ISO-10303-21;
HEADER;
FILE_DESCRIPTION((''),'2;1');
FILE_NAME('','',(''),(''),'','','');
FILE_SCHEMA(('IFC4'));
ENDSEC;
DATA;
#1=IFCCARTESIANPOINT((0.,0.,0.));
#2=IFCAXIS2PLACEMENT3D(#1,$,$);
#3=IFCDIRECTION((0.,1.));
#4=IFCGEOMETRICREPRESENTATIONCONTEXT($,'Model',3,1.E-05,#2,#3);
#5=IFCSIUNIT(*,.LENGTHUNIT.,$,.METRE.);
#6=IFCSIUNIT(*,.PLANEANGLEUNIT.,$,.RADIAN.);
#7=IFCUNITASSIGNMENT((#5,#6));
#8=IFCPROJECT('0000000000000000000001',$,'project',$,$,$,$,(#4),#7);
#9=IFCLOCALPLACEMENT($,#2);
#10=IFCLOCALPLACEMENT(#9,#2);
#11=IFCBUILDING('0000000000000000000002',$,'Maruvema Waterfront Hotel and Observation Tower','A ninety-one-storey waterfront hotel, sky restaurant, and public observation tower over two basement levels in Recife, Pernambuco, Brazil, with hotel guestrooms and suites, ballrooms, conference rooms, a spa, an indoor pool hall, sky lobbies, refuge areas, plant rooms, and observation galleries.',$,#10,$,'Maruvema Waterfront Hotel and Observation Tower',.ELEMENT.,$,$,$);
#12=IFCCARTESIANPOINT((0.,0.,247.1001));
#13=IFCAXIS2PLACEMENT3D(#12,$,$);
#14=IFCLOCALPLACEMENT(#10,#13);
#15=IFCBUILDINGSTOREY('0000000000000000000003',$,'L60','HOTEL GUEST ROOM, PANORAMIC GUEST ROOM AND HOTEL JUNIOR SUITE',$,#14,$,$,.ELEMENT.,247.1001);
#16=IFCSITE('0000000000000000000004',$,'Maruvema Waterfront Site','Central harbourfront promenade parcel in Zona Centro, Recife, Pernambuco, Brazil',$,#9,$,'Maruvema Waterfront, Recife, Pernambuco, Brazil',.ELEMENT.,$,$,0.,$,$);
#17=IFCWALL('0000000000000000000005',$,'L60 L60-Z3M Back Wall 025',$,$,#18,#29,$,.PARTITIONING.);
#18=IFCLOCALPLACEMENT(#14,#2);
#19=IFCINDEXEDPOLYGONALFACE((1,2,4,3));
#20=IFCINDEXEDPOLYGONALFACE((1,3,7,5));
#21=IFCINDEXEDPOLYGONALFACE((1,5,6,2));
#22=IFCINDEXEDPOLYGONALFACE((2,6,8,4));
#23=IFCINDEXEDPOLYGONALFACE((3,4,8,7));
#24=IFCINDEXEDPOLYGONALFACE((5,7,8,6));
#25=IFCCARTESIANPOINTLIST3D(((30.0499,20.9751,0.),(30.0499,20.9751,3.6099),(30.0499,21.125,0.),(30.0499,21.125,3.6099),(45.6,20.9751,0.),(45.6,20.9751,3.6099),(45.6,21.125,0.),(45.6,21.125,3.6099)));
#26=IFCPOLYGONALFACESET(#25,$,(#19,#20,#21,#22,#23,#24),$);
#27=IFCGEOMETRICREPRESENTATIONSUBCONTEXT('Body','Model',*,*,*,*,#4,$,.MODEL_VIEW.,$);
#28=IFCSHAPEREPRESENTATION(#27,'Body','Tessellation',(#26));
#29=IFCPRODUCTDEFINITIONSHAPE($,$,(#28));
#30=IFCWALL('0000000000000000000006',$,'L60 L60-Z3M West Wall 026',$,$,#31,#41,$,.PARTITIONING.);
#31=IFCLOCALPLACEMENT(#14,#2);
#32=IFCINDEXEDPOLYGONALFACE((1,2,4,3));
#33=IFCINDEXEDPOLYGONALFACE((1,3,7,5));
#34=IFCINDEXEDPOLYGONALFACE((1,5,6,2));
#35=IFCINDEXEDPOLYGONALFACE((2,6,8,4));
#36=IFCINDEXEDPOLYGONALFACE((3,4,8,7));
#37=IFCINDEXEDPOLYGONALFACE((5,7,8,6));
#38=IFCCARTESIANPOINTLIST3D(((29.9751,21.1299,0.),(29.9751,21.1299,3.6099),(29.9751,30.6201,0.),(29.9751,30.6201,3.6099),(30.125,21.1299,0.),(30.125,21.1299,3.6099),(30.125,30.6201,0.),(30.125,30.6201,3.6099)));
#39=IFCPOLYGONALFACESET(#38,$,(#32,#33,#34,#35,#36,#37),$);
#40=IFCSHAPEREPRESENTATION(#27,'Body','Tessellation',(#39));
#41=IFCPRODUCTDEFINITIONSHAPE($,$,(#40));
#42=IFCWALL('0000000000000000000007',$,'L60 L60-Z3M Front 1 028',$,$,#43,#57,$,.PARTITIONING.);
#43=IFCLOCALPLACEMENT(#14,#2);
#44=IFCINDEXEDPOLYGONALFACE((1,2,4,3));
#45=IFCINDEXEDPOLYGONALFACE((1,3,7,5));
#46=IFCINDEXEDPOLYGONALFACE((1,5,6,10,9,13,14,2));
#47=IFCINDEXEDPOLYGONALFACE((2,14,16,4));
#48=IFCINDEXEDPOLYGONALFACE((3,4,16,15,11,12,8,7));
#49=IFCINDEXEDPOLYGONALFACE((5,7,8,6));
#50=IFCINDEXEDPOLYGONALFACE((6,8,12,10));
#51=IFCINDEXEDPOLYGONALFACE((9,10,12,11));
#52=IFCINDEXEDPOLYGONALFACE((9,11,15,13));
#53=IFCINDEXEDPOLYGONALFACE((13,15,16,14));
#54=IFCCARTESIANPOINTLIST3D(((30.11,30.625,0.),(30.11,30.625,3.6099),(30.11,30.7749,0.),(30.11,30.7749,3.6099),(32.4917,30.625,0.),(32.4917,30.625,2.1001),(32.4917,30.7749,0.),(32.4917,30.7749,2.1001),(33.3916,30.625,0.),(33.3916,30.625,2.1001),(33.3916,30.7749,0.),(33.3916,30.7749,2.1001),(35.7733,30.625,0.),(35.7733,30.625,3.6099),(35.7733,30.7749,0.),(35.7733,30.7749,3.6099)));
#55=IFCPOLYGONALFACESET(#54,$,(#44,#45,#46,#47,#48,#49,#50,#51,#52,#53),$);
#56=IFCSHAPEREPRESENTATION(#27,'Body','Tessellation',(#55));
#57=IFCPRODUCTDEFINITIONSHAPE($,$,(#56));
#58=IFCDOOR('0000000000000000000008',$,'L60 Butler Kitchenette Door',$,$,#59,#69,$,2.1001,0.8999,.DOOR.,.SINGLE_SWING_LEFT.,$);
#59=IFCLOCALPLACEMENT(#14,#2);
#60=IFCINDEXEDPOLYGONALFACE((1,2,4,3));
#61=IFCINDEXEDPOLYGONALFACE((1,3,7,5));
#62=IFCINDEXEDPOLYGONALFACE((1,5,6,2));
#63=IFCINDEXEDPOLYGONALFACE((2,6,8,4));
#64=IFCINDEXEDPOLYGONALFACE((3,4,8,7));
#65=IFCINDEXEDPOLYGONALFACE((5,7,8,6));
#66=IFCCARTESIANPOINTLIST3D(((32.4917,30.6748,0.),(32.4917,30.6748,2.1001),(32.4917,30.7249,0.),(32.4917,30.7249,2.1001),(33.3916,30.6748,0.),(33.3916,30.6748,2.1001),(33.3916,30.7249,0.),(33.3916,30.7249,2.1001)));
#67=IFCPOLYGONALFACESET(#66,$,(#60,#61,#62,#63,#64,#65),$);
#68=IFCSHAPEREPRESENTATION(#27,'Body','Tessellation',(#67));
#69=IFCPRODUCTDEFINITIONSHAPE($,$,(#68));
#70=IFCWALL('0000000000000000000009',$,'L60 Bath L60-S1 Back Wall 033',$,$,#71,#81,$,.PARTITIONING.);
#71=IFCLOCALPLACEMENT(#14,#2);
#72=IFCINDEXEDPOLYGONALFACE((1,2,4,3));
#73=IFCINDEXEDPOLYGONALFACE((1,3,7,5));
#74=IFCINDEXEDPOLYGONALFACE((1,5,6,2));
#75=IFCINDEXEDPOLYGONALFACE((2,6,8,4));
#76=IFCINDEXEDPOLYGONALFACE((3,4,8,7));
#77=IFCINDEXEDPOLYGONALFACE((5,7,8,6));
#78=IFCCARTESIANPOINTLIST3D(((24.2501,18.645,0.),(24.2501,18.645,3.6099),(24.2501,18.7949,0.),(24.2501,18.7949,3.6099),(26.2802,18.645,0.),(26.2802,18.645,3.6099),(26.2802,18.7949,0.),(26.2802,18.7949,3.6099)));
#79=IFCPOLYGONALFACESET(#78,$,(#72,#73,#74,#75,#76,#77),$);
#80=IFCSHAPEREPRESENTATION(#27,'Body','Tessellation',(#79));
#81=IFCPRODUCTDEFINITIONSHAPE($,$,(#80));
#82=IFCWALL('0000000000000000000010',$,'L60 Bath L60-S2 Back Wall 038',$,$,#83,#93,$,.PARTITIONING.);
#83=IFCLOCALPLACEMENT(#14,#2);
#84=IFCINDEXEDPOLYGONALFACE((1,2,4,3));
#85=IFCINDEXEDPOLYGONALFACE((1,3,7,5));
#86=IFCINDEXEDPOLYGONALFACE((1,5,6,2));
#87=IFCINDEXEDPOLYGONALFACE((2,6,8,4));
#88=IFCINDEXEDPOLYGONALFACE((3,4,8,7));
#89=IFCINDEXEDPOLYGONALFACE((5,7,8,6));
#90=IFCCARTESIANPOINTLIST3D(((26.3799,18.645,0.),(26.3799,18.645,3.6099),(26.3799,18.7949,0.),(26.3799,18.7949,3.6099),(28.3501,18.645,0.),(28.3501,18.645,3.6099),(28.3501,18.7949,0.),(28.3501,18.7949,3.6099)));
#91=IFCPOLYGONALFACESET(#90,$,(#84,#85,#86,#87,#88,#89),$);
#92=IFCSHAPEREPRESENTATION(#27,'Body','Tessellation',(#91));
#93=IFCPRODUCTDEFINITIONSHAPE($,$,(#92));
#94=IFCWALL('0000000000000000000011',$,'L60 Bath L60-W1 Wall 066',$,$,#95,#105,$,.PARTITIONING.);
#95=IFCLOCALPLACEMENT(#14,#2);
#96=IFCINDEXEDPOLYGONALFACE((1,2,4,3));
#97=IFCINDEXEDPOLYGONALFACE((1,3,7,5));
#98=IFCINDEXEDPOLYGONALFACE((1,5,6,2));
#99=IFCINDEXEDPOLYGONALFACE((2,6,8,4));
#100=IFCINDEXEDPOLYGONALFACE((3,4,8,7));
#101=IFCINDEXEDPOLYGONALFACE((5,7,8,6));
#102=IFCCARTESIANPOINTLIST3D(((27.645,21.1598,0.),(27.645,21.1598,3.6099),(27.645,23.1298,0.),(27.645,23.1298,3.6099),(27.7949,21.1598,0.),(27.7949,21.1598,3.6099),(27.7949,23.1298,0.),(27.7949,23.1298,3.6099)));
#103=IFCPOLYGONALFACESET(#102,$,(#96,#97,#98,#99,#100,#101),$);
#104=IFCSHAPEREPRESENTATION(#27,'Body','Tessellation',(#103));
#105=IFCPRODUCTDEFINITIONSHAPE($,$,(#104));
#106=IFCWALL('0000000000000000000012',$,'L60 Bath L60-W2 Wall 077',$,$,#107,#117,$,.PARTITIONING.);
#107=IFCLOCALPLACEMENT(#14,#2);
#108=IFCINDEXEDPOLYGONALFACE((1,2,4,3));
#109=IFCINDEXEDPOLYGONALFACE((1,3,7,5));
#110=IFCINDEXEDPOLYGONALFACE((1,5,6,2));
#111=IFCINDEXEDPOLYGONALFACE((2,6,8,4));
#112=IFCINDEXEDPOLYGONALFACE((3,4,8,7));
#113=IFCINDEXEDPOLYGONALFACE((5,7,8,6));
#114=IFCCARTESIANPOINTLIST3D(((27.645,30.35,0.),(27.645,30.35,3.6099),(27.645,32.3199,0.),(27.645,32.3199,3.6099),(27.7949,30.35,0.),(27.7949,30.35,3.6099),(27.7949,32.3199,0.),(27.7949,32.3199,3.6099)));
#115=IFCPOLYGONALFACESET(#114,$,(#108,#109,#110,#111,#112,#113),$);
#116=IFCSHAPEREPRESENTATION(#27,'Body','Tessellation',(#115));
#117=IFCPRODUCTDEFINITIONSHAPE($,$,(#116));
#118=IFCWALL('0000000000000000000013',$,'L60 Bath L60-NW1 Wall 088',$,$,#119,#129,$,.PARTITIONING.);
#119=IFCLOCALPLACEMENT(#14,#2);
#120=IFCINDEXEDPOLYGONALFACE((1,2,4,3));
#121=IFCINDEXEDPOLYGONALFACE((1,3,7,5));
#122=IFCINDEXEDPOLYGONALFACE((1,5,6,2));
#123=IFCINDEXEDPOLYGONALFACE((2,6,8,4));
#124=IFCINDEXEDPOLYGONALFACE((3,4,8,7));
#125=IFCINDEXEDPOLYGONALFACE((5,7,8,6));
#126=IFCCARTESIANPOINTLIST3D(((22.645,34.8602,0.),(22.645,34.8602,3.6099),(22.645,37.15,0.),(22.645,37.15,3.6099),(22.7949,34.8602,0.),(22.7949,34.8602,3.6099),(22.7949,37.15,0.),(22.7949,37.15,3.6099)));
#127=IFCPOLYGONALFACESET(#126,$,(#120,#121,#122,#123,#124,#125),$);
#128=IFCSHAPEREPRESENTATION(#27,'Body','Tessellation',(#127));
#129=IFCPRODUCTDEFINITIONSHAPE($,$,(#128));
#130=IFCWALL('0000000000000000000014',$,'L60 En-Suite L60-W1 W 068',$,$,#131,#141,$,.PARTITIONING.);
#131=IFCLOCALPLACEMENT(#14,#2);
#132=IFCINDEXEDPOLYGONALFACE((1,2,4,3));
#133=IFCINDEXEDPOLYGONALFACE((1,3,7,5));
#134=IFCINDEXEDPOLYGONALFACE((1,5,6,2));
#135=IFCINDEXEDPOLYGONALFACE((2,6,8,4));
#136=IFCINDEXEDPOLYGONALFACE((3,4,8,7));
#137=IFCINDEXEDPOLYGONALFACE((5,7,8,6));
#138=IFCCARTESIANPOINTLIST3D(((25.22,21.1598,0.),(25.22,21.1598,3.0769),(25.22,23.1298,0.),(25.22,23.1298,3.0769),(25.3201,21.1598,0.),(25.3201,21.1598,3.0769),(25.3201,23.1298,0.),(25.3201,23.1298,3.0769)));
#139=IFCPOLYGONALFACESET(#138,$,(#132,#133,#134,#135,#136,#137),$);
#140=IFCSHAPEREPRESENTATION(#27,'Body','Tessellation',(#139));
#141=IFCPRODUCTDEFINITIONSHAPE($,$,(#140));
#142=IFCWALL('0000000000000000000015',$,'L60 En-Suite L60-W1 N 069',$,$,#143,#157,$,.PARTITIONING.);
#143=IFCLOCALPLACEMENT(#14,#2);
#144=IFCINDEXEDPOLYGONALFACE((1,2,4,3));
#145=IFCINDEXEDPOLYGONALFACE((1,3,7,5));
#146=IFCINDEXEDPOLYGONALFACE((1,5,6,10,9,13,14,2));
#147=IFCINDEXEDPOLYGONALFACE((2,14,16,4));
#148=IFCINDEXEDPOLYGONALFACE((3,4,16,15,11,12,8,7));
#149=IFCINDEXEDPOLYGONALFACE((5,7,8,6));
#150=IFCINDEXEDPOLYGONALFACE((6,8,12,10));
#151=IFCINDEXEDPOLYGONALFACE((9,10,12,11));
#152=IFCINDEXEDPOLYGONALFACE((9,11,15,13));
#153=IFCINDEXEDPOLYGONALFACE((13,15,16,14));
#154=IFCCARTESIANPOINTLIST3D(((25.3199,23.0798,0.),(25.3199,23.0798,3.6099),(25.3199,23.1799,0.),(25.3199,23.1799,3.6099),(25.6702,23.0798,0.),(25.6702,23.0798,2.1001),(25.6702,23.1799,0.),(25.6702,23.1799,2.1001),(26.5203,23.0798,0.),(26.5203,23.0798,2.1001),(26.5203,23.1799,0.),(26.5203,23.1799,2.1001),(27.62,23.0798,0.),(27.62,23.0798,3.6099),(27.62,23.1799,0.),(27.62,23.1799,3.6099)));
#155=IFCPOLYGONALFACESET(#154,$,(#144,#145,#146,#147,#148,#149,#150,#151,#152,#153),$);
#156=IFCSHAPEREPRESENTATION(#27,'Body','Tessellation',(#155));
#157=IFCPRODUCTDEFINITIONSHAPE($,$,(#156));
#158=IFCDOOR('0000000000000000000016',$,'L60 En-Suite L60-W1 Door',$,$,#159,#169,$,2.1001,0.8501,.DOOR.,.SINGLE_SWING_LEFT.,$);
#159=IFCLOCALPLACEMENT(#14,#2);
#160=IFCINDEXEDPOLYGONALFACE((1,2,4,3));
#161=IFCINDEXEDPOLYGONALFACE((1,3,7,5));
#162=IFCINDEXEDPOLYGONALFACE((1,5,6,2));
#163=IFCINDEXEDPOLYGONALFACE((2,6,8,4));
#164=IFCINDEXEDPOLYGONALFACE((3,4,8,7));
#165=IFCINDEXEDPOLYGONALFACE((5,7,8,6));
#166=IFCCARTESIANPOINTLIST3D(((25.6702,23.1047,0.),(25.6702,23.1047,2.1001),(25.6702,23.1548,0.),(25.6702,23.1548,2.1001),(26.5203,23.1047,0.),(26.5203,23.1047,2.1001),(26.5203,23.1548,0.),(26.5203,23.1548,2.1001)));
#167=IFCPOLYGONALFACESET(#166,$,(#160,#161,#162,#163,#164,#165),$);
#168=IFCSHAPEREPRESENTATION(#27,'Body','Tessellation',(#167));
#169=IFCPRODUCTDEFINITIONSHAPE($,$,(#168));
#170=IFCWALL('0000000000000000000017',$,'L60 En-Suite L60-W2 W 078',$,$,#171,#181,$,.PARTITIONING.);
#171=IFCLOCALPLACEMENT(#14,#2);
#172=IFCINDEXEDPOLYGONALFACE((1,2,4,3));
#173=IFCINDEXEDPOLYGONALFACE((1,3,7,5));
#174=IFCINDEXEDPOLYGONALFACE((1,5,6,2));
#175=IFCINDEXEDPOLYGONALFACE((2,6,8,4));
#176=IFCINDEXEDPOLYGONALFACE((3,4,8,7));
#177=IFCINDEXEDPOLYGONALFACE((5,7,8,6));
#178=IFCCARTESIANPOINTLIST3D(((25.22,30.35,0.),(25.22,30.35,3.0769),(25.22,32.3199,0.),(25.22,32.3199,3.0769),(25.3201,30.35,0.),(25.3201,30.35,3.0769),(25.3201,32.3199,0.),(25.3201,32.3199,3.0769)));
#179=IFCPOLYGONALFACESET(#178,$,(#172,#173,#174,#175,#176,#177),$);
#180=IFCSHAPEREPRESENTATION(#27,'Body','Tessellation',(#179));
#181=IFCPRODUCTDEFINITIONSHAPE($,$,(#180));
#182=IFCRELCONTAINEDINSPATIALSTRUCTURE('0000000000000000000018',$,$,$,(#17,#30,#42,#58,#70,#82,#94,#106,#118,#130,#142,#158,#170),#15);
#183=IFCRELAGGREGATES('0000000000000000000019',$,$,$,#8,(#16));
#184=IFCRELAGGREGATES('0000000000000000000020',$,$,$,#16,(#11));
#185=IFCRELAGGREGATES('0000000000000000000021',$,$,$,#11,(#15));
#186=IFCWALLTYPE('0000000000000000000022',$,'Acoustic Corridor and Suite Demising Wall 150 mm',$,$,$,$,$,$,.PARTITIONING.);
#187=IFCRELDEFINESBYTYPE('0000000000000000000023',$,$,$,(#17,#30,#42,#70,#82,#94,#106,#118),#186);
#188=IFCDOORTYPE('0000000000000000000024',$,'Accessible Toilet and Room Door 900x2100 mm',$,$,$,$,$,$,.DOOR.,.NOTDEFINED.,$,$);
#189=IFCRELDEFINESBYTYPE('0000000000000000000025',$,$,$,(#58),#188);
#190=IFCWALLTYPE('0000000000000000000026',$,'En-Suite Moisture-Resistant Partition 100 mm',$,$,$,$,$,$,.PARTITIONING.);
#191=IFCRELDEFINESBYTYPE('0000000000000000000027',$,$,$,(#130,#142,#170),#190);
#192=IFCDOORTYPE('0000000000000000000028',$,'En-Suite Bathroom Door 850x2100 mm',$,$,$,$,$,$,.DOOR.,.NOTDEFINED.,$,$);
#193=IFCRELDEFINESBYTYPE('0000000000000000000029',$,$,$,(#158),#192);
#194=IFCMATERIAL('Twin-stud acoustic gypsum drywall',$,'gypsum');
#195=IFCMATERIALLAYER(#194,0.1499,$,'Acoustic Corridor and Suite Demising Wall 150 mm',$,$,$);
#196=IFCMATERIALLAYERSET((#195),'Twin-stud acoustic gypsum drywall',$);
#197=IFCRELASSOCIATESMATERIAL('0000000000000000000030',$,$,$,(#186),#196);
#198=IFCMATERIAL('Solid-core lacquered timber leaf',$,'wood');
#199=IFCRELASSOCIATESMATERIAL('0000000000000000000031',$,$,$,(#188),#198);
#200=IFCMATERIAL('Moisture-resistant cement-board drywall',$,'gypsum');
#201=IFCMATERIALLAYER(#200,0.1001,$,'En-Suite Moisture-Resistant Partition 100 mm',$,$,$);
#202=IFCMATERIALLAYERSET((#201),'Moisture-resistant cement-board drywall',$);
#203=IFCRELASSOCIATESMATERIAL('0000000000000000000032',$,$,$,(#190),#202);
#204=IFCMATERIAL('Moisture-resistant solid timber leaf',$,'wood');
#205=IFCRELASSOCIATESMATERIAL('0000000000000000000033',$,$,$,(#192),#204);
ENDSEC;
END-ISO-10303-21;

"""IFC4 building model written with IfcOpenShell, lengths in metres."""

from ifc_helpers import new_model, si_unit, direction, frame, frame_2d, origin, place, context, subcontext, project, spatial, rectangle, extrude, material, layer, layer_set, type_object, element, fill, save


model = new_model("IFC4")

# Units and contexts
model_context = context("Model", 3, precision=1e-05, world=origin(), true_north=direction((0.0, 1.0)))
body_context = subcontext(model_context, "Body", "Model", "MODEL_VIEW")
ifc_project = project(units=[si_unit("LENGTHUNIT", "METRE"), si_unit("PLANEANGLEUNIT", "RADIAN")], contexts=[model_context])

# Site, building, storey
site_placement = place(None, origin())
site = spatial("IfcSite", under=ifc_project, at=site_placement, Name="Maruvema Waterfront Site", Description="Central harbourfront promenade parcel in Zona Centro, Recife, Pernambuco, Brazil", LongName="Maruvema Waterfront, Recife, Pernambuco, Brazil", CompositionType="ELEMENT", RefElevation=0.0)
building_placement = place(site_placement, origin())
building = spatial("IfcBuilding", under=site, at=building_placement, Name="Maruvema Waterfront Hotel and Observation Tower", Description="A ninety-one-storey waterfront hotel, sky restaurant, and public observation tower over two basement levels in Recife, Pernambuco, Brazil, with hotel guestrooms and suites, ballrooms, conference rooms, a spa, an indoor pool hall, sky lobbies, refuge areas, plant rooms, and observation galleries.", LongName="Maruvema Waterfront Hotel and Observation Tower", CompositionType="ELEMENT")
storey_placement = place(building_placement, frame((0.0, 0.0, 247.1001)))
storey = spatial("IfcBuildingStorey", under=building, at=storey_placement, Name="L60", Description="HOTEL GUEST ROOM, PANORAMIC GUEST ROOM AND HOTEL JUNIOR SUITE", CompositionType="ELEMENT", Elevation=247.1001)

# Walls
ifc_material_1 = material(Name="Twin-stud acoustic gypsum drywall", Category="gypsum")
ifc_layer_1 = layer(ifc_material_1, 0.1499, Name="Acoustic Corridor and Suite Demising Wall 150 mm")
ifc_layer_set_1 = layer_set([ifc_layer_1], Name="Twin-stud acoustic gypsum drywall")
wall_type_1 = type_object("IfcWallType", Name="Acoustic Corridor and Suite Demising Wall 150 mm", PredefinedType="PARTITIONING", material=ifc_layer_set_1)
wall_1_placement = place(storey_placement, frame((30.05, 21.05, 0.0), z_axis=(0.0, 0.0, 1.0), x_axis=(1.0, 0.0, 0.0)))
element("IfcWall", 1, at=wall_1_placement, inside=storey, type_object=wall_type_1, Name="L60 L60-Z3M Back Wall 025", PredefinedType="PARTITIONING", context=body_context, shape_type="SweptSolid", body=[
    extrude(rectangle(XDim=15.55, YDim=0.1499, at=frame_2d((7.7749, 0.0))), origin(), (0.0, 0.0, 1.0), 3.6099),
])
wall_2_placement = place(storey_placement, frame((30.05, 21.1299, 0.0), z_axis=(0.0, 0.0, 1.0), x_axis=(0.0, 1.0, 0.0)))
element("IfcWall", 2, at=wall_2_placement, inside=storey, type_object=wall_type_1, Name="L60 L60-Z3M West Wall 026", PredefinedType="PARTITIONING", context=body_context, shape_type="SweptSolid", body=[
    extrude(rectangle(XDim=9.4902, YDim=0.1499, at=frame_2d((4.7451, 0.0))), origin(), (0.0, 0.0, 1.0), 3.6099),
])

# Wall, opening, door
wall_3_placement = place(storey_placement, frame((30.1101, 30.7, 0.0), z_axis=(0.0, 0.0, 1.0), x_axis=(1.0, 0.0, 0.0)))
wall_3 = element("IfcWall", 3, at=wall_3_placement, inside=storey, type_object=wall_type_1, Name="L60 L60-Z3M Front 1 028", PredefinedType="PARTITIONING", context=body_context, shape_type="SweptSolid", body=[
    extrude(rectangle(XDim=5.6633, YDim=0.1499, at=frame_2d((2.8315, 0.0))), origin(), (0.0, 0.0, 1.0), 3.6099),
])
opening_1_placement = place(wall_3_placement, frame((2.3816, 0.0, 0.0)))
opening_1 = element("IfcOpeningElement", 4, at=opening_1_placement, cuts=wall_3, PredefinedType="OPENING", context=body_context, shape_type="SweptSolid", body=[
    extrude(rectangle(XDim=0.8999, YDim=2.1001, at=frame_2d((0.45, 1.05))), frame((0.0, 0.085, 0.0), z_axis=(0.0, -1.0, 0.0), x_axis=(1.0, 0.0, 0.0)), (0.0, 0.0, 1.0), 0.1699),
])
ifc_material_2 = material(Name="Solid-core lacquered timber leaf", Category="wood")
door_type_1 = type_object("IfcDoorType", Name="Accessible Toilet and Room Door 900x2100 mm", OperationType="NOTDEFINED", PredefinedType="DOOR", material=ifc_material_2)
door_1_placement = place(opening_1_placement, origin())
door_1 = element("IfcDoor", 5, at=door_1_placement, inside=storey, type_object=door_type_1, Name="L60 Butler Kitchenette Door", OperationType="SINGLE_SWING_LEFT", OverallHeight=2.1001, OverallWidth=0.8999, PredefinedType="DOOR", context=body_context, shape_type="SweptSolid", body=[
    extrude(rectangle(XDim=0.8999, YDim=2.1001, at=frame_2d((0.45, 1.05))), frame((0.0, 0.0249, 0.0), z_axis=(0.0, -1.0, 0.0), x_axis=(1.0, 0.0, 0.0)), (0.0, 0.0, 1.0), 0.05),
])
fill(opening_1, door_1)

# Wall
wall_4_placement = place(storey_placement, frame((24.25, 18.72, 0.0), z_axis=(0.0, 0.0, 1.0), x_axis=(1.0, 0.0, 0.0)))
element("IfcWall", 6, at=wall_4_placement, inside=storey, type_object=wall_type_1, Name="L60 Bath L60-S1 Back Wall 033", PredefinedType="PARTITIONING", context=body_context, shape_type="SweptSolid", body=[
    extrude(rectangle(XDim=2.03, YDim=0.1499, at=frame_2d((1.0151, 0.0))), origin(), (0.0, 0.0, 1.0), 3.6099),
])

# Wall
wall_5_placement = place(storey_placement, frame((26.3799, 18.72, 0.0), z_axis=(0.0, 0.0, 1.0), x_axis=(1.0, 0.0, 0.0)))
element("IfcWall", 7, at=wall_5_placement, inside=storey, type_object=wall_type_1, Name="L60 Bath L60-S2 Back Wall 038", PredefinedType="PARTITIONING", context=body_context, shape_type="SweptSolid", body=[
    extrude(rectangle(XDim=1.9702, YDim=0.1499, at=frame_2d((0.9851, 0.0))), origin(), (0.0, 0.0, 1.0), 3.6099),
])

# Wall
wall_6_placement = place(storey_placement, frame((27.72, 21.1599, 0.0), z_axis=(0.0, 0.0, 1.0), x_axis=(0.0, 1.0, 0.0)))
element("IfcWall", 8, at=wall_6_placement, inside=storey, type_object=wall_type_1, Name="L60 Bath L60-W1 Wall 066", PredefinedType="PARTITIONING", context=body_context, shape_type="SweptSolid", body=[
    extrude(rectangle(XDim=1.97, YDim=0.1499, at=frame_2d((0.9849, 0.0))), origin(), (0.0, 0.0, 1.0), 3.6099),
])

# Walls
wall_7_placement = place(storey_placement, frame((27.72, 30.3501, 0.0), z_axis=(0.0, 0.0, 1.0), x_axis=(0.0, 1.0, 0.0)))
element("IfcWall", 9, at=wall_7_placement, inside=storey, type_object=wall_type_1, Name="L60 Bath L60-W2 Wall 077", PredefinedType="PARTITIONING", context=body_context, shape_type="SweptSolid", body=[
    extrude(rectangle(XDim=1.97, YDim=0.1499, at=frame_2d((0.9849, 0.0))), origin(), (0.0, 0.0, 1.0), 3.6099),
])
wall_8_placement = place(storey_placement, frame((22.72, 34.8601, 0.0), z_axis=(0.0, 0.0, 1.0), x_axis=(0.0, 1.0, 0.0)))
element("IfcWall", 10, at=wall_8_placement, inside=storey, type_object=wall_type_1, Name="L60 Bath L60-NW1 Wall 088", PredefinedType="PARTITIONING", context=body_context, shape_type="SweptSolid", body=[
    extrude(rectangle(XDim=2.2898, YDim=0.1499, at=frame_2d((1.145, 0.0))), origin(), (0.0, 0.0, 1.0), 3.6099),
])
ifc_material_3 = material(Name="Moisture-resistant cement-board drywall", Category="gypsum")
ifc_layer_2 = layer(ifc_material_3, 0.1001, Name="En-Suite Moisture-Resistant Partition 100 mm")
ifc_layer_set_2 = layer_set([ifc_layer_2], Name="Moisture-resistant cement-board drywall")
wall_type_2 = type_object("IfcWallType", Name="En-Suite Moisture-Resistant Partition 100 mm", PredefinedType="PARTITIONING", material=ifc_layer_set_2)
wall_9_placement = place(storey_placement, frame((25.27, 21.1599, 0.0), z_axis=(0.0, 0.0, 1.0), x_axis=(0.0, 1.0, 0.0)))
element("IfcWall", 11, at=wall_9_placement, inside=storey, type_object=wall_type_2, Name="L60 En-Suite L60-W1 W 068", PredefinedType="PARTITIONING", context=body_context, shape_type="SweptSolid", body=[
    extrude(rectangle(XDim=1.97, YDim=0.1001, at=frame_2d((0.9849, 0.0))), origin(), (0.0, 0.0, 1.0), 3.0769),
])

# Wall, opening, door
wall_10_placement = place(storey_placement, frame((25.3201, 23.1299, 0.0), z_axis=(0.0, 0.0, 1.0), x_axis=(1.0, 0.0, 0.0)))
wall_10 = element("IfcWall", 12, at=wall_10_placement, inside=storey, type_object=wall_type_2, Name="L60 En-Suite L60-W1 N 069", PredefinedType="PARTITIONING", context=body_context, shape_type="SweptSolid", body=[
    extrude(rectangle(XDim=2.3, YDim=0.1001, at=frame_2d((1.1499, 0.0))), origin(), (0.0, 0.0, 1.0), 3.6099),
])
opening_2_placement = place(wall_10_placement, frame((0.3501, 0.0, 0.0)))
opening_2 = element("IfcOpeningElement", 13, at=opening_2_placement, cuts=wall_10, PredefinedType="OPENING", context=body_context, shape_type="SweptSolid", body=[
    extrude(rectangle(XDim=0.8501, YDim=2.1001, at=frame_2d((0.425, 1.05))), frame((0.0, 0.0601, 0.0), z_axis=(0.0, -1.0, 0.0), x_axis=(1.0, 0.0, 0.0)), (0.0, 0.0, 1.0), 0.1201),
])
ifc_material_4 = material(Name="Moisture-resistant solid timber leaf", Category="wood")
door_type_2 = type_object("IfcDoorType", Name="En-Suite Bathroom Door 850x2100 mm", OperationType="NOTDEFINED", PredefinedType="DOOR", material=ifc_material_4)
door_2_placement = place(opening_2_placement, origin())
door_2 = element("IfcDoor", 14, at=door_2_placement, inside=storey, type_object=door_type_2, Name="L60 En-Suite L60-W1 Door", OperationType="SINGLE_SWING_LEFT", OverallHeight=2.1001, OverallWidth=0.8501, PredefinedType="DOOR", context=body_context, shape_type="SweptSolid", body=[
    extrude(rectangle(XDim=0.8501, YDim=2.1001, at=frame_2d((0.425, 1.05))), frame((0.0, 0.0249, 0.0), z_axis=(0.0, -1.0, 0.0), x_axis=(1.0, 0.0, 0.0)), (0.0, 0.0, 1.0), 0.05),
])
fill(opening_2, door_2)

# Wall
wall_11_placement = place(storey_placement, frame((25.27, 30.3501, 0.0), z_axis=(0.0, 0.0, 1.0), x_axis=(0.0, 1.0, 0.0)))
element("IfcWall", 15, at=wall_11_placement, inside=storey, type_object=wall_type_2, Name="L60 En-Suite L60-W2 W 078", PredefinedType="PARTITIONING", context=body_context, shape_type="SweptSolid", body=[
    extrude(rectangle(XDim=1.97, YDim=0.1001, at=frame_2d((0.9849, 0.0))), origin(), (0.0, 0.0, 1.0), 3.0769),
])

save(model, "model.ifc")
